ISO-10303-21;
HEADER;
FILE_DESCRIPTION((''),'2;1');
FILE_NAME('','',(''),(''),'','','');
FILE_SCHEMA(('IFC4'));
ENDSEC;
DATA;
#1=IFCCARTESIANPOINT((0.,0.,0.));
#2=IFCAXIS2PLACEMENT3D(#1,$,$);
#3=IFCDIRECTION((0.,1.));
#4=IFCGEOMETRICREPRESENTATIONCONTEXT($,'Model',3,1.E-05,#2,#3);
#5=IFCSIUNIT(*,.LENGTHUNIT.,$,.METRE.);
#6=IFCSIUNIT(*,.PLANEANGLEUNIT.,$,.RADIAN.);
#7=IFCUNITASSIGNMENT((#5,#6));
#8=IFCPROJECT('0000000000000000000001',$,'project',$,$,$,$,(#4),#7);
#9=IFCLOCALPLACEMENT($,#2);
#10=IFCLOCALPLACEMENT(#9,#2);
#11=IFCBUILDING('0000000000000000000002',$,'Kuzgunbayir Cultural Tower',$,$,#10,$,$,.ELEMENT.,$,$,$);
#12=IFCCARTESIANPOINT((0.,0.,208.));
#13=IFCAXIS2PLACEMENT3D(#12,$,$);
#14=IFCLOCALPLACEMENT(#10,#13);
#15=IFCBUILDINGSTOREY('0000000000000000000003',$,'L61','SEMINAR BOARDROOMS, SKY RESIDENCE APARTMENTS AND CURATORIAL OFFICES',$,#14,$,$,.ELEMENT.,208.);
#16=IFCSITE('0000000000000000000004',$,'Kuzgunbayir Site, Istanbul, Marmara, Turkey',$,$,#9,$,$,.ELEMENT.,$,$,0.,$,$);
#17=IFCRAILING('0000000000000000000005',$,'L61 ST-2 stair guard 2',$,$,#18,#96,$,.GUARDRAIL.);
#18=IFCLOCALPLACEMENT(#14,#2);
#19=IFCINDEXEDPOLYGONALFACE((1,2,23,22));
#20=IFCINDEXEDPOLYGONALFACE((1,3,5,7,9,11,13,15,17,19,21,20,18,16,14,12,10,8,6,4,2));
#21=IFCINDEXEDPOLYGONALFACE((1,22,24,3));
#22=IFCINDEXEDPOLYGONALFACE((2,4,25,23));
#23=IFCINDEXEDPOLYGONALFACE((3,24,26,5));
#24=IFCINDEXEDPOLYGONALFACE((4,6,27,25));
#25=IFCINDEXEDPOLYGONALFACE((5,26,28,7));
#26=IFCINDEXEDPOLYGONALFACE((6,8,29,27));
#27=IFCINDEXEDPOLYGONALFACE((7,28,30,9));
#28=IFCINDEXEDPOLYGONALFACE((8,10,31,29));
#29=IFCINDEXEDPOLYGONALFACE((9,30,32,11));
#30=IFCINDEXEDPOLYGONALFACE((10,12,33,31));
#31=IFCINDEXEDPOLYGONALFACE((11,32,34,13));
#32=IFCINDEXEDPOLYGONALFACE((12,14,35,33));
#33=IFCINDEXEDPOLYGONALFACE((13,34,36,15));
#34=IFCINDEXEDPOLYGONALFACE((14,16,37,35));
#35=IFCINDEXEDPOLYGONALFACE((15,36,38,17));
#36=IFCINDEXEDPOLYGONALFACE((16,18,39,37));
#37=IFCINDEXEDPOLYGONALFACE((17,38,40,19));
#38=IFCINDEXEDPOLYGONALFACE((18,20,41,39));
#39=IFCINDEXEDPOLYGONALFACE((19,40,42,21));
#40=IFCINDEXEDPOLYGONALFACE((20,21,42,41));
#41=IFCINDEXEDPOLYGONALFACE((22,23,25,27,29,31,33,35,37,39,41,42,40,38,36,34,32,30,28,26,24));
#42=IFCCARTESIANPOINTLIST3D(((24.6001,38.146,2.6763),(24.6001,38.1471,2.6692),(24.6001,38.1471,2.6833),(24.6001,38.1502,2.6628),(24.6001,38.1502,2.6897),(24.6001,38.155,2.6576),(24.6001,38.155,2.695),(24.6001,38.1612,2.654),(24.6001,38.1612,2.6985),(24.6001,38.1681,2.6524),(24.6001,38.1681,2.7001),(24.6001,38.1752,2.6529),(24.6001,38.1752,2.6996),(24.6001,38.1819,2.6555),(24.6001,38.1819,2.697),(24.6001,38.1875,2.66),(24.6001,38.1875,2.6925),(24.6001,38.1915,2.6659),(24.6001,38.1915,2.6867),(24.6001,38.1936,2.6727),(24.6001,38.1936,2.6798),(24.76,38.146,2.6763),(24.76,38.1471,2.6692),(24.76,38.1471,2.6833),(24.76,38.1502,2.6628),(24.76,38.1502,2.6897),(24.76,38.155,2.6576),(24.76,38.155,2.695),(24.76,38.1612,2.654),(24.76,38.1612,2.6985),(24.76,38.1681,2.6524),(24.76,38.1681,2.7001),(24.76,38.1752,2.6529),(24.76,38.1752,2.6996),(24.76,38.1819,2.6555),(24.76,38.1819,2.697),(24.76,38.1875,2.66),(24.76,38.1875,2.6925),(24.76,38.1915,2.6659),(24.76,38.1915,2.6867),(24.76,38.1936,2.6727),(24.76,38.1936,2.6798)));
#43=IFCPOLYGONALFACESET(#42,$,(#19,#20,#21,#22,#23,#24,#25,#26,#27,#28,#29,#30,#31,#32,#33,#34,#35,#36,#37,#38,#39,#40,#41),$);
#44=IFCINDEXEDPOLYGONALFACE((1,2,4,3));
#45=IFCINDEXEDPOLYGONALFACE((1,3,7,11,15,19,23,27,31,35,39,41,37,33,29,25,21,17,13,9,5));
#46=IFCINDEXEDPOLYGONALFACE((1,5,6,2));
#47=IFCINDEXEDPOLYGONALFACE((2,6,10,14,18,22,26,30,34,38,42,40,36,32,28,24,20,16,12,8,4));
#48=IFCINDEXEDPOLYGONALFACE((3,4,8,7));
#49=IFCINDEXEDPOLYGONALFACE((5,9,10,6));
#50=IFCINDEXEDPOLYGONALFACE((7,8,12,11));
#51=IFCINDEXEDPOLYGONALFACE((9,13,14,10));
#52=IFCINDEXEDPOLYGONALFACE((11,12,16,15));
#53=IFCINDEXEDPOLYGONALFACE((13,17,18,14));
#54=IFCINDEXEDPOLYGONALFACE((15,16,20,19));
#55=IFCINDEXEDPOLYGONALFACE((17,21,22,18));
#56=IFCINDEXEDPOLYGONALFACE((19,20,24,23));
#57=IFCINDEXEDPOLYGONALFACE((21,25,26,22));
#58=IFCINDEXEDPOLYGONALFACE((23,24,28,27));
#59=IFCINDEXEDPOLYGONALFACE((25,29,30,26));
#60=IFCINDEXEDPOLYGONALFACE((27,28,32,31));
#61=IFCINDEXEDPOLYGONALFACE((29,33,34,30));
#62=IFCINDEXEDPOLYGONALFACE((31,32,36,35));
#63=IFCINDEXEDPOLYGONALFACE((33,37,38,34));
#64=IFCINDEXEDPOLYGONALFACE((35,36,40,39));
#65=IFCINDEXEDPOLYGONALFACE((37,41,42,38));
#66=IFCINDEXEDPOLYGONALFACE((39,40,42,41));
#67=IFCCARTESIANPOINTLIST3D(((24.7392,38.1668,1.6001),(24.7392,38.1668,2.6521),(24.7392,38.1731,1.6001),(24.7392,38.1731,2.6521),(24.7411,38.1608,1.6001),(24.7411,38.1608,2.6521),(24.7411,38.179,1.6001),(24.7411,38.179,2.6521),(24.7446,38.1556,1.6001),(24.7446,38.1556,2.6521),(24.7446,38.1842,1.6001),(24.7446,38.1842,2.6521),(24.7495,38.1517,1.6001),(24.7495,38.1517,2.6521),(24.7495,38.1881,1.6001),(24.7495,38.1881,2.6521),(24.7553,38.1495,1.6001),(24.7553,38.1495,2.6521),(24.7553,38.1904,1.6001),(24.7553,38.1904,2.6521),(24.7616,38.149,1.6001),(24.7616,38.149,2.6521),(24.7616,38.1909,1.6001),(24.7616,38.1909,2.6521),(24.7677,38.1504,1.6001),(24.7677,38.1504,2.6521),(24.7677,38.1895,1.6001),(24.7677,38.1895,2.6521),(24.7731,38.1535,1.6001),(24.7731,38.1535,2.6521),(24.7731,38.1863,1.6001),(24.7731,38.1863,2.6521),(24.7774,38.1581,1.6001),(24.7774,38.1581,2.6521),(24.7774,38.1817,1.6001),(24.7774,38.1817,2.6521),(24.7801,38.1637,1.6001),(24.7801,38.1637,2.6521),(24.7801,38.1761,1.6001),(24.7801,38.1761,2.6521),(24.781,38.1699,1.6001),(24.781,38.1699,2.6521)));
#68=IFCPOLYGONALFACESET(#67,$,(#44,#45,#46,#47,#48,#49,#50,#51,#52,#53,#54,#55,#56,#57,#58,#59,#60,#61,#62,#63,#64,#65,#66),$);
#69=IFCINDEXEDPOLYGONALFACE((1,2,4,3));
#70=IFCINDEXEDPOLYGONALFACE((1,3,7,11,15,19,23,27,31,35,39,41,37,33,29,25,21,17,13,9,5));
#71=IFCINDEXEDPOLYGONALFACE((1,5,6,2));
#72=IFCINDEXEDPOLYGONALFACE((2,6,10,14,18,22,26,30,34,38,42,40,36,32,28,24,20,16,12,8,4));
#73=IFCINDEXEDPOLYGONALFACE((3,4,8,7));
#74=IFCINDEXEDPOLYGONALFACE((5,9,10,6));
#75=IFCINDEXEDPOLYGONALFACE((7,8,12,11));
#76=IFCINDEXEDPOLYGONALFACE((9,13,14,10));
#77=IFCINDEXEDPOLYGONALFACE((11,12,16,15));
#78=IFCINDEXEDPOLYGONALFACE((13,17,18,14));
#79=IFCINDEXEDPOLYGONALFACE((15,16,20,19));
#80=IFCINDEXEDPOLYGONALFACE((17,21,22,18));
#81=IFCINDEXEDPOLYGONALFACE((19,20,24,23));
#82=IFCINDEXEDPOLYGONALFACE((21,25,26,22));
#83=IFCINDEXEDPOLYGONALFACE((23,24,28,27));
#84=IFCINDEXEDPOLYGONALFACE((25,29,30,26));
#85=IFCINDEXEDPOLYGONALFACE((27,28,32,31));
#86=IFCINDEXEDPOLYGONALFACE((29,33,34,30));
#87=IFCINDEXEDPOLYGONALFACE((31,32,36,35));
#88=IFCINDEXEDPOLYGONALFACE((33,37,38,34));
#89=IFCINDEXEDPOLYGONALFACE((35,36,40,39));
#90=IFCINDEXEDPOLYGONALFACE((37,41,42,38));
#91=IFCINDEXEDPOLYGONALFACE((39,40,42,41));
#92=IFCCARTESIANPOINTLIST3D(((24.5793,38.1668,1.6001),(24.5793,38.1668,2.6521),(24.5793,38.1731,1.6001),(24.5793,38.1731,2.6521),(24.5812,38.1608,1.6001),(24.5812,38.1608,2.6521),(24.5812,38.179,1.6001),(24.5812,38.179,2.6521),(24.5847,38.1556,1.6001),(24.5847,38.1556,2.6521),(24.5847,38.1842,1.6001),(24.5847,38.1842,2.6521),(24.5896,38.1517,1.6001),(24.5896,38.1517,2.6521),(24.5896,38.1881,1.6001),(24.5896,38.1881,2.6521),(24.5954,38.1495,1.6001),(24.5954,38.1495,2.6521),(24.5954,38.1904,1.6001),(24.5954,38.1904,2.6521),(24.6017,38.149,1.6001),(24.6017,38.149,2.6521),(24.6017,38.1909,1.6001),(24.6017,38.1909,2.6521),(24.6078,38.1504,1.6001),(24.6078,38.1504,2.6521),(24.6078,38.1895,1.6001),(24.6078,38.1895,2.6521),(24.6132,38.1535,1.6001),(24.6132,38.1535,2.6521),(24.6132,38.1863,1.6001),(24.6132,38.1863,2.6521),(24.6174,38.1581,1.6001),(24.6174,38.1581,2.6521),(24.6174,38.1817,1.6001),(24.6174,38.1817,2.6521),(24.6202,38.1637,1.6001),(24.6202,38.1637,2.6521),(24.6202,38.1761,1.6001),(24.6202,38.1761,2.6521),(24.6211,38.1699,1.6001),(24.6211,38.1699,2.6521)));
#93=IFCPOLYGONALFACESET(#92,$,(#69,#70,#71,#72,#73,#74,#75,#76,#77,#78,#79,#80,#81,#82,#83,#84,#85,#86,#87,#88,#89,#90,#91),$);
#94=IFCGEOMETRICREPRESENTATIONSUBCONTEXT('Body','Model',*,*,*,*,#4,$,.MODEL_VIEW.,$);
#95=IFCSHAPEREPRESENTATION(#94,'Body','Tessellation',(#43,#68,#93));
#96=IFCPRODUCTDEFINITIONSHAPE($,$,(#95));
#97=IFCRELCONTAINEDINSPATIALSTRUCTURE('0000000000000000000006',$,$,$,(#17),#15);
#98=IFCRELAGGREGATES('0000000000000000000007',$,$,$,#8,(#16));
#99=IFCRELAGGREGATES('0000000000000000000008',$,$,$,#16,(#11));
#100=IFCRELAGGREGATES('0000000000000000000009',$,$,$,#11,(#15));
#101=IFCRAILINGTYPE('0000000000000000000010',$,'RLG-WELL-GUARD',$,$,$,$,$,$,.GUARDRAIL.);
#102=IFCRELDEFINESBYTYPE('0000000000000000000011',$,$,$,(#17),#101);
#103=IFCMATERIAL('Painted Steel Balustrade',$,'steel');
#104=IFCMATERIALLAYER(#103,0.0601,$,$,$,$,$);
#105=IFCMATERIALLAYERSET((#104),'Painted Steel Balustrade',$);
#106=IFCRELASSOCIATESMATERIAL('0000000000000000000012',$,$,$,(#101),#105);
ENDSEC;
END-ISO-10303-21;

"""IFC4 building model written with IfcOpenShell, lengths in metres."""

from ifc_helpers import new_model, si_unit, direction, frame, origin, origin_2d, place, context, subcontext, project, spatial, circle, extrude, material, layer, layer_set, type_object, element, save


model = new_model("IFC4")

# Units and contexts
model_context = context("Model", 3, precision=1e-05, world=origin(), true_north=direction((0.0, 1.0)))
body_context = subcontext(model_context, "Body", "Model", "MODEL_VIEW")
ifc_project = project(units=[si_unit("LENGTHUNIT", "METRE"), si_unit("PLANEANGLEUNIT", "RADIAN")], contexts=[model_context])

# Site, building, storey
site_placement = place(None, origin())
site = spatial("IfcSite", under=ifc_project, at=site_placement, Name="Kuzgunbayir Site, Istanbul, Marmara, Turkey", CompositionType="ELEMENT", RefElevation=0.0)
building_placement = place(site_placement, origin())
building = spatial("IfcBuilding", under=site, at=building_placement, Name="Kuzgunbayir Cultural Tower", CompositionType="ELEMENT")
storey_placement = place(building_placement, frame((0.0, 0.0, 208.0)))
storey = spatial("IfcBuildingStorey", under=building, at=storey_placement, Name="L61", Description="SEMINAR BOARDROOMS, SKY RESIDENCE APARTMENTS AND CURATORIAL OFFICES", CompositionType="ELEMENT", Elevation=208.0)

# Railing
ifc_material_1 = material(Name="Painted Steel Balustrade", Category="steel")
ifc_layer_1 = layer(ifc_material_1, 0.0601)
ifc_layer_set_1 = layer_set([ifc_layer_1], Name="Painted Steel Balustrade")
railing_type_1 = type_object("IfcRailingType", Name="RLG-WELL-GUARD", PredefinedType="GUARDRAIL", material=ifc_layer_set_1)
railing_1_placement = place(storey_placement, frame((24.76, 38.1699, 1.6001)))
element("IfcRailing", 1, at=railing_1_placement, inside=storey, type_object=railing_type_1, Name="L61 ST-2 stair guard 2", PredefinedType="GUARDRAIL", context=body_context, shape_type="SweptSolid", body=[
    extrude(circle(Radius=0.0239, at=origin_2d()), frame((0.0, 0.0, 1.0762), z_axis=(-1.0, 0.0, 0.0), x_axis=(0.0, -1.0, 0.0)), (0.0, 0.0, 1.0), 0.1599),
    extrude(circle(Radius=0.021, at=origin_2d()), origin(), (0.0, 0.0, 1.0), 1.052),
    extrude(circle(Radius=0.021, at=origin_2d()), frame((-0.1599, 0.0, 0.0)), (0.0, 0.0, 1.0), 1.052),
])

save(model, "model.ifc")
